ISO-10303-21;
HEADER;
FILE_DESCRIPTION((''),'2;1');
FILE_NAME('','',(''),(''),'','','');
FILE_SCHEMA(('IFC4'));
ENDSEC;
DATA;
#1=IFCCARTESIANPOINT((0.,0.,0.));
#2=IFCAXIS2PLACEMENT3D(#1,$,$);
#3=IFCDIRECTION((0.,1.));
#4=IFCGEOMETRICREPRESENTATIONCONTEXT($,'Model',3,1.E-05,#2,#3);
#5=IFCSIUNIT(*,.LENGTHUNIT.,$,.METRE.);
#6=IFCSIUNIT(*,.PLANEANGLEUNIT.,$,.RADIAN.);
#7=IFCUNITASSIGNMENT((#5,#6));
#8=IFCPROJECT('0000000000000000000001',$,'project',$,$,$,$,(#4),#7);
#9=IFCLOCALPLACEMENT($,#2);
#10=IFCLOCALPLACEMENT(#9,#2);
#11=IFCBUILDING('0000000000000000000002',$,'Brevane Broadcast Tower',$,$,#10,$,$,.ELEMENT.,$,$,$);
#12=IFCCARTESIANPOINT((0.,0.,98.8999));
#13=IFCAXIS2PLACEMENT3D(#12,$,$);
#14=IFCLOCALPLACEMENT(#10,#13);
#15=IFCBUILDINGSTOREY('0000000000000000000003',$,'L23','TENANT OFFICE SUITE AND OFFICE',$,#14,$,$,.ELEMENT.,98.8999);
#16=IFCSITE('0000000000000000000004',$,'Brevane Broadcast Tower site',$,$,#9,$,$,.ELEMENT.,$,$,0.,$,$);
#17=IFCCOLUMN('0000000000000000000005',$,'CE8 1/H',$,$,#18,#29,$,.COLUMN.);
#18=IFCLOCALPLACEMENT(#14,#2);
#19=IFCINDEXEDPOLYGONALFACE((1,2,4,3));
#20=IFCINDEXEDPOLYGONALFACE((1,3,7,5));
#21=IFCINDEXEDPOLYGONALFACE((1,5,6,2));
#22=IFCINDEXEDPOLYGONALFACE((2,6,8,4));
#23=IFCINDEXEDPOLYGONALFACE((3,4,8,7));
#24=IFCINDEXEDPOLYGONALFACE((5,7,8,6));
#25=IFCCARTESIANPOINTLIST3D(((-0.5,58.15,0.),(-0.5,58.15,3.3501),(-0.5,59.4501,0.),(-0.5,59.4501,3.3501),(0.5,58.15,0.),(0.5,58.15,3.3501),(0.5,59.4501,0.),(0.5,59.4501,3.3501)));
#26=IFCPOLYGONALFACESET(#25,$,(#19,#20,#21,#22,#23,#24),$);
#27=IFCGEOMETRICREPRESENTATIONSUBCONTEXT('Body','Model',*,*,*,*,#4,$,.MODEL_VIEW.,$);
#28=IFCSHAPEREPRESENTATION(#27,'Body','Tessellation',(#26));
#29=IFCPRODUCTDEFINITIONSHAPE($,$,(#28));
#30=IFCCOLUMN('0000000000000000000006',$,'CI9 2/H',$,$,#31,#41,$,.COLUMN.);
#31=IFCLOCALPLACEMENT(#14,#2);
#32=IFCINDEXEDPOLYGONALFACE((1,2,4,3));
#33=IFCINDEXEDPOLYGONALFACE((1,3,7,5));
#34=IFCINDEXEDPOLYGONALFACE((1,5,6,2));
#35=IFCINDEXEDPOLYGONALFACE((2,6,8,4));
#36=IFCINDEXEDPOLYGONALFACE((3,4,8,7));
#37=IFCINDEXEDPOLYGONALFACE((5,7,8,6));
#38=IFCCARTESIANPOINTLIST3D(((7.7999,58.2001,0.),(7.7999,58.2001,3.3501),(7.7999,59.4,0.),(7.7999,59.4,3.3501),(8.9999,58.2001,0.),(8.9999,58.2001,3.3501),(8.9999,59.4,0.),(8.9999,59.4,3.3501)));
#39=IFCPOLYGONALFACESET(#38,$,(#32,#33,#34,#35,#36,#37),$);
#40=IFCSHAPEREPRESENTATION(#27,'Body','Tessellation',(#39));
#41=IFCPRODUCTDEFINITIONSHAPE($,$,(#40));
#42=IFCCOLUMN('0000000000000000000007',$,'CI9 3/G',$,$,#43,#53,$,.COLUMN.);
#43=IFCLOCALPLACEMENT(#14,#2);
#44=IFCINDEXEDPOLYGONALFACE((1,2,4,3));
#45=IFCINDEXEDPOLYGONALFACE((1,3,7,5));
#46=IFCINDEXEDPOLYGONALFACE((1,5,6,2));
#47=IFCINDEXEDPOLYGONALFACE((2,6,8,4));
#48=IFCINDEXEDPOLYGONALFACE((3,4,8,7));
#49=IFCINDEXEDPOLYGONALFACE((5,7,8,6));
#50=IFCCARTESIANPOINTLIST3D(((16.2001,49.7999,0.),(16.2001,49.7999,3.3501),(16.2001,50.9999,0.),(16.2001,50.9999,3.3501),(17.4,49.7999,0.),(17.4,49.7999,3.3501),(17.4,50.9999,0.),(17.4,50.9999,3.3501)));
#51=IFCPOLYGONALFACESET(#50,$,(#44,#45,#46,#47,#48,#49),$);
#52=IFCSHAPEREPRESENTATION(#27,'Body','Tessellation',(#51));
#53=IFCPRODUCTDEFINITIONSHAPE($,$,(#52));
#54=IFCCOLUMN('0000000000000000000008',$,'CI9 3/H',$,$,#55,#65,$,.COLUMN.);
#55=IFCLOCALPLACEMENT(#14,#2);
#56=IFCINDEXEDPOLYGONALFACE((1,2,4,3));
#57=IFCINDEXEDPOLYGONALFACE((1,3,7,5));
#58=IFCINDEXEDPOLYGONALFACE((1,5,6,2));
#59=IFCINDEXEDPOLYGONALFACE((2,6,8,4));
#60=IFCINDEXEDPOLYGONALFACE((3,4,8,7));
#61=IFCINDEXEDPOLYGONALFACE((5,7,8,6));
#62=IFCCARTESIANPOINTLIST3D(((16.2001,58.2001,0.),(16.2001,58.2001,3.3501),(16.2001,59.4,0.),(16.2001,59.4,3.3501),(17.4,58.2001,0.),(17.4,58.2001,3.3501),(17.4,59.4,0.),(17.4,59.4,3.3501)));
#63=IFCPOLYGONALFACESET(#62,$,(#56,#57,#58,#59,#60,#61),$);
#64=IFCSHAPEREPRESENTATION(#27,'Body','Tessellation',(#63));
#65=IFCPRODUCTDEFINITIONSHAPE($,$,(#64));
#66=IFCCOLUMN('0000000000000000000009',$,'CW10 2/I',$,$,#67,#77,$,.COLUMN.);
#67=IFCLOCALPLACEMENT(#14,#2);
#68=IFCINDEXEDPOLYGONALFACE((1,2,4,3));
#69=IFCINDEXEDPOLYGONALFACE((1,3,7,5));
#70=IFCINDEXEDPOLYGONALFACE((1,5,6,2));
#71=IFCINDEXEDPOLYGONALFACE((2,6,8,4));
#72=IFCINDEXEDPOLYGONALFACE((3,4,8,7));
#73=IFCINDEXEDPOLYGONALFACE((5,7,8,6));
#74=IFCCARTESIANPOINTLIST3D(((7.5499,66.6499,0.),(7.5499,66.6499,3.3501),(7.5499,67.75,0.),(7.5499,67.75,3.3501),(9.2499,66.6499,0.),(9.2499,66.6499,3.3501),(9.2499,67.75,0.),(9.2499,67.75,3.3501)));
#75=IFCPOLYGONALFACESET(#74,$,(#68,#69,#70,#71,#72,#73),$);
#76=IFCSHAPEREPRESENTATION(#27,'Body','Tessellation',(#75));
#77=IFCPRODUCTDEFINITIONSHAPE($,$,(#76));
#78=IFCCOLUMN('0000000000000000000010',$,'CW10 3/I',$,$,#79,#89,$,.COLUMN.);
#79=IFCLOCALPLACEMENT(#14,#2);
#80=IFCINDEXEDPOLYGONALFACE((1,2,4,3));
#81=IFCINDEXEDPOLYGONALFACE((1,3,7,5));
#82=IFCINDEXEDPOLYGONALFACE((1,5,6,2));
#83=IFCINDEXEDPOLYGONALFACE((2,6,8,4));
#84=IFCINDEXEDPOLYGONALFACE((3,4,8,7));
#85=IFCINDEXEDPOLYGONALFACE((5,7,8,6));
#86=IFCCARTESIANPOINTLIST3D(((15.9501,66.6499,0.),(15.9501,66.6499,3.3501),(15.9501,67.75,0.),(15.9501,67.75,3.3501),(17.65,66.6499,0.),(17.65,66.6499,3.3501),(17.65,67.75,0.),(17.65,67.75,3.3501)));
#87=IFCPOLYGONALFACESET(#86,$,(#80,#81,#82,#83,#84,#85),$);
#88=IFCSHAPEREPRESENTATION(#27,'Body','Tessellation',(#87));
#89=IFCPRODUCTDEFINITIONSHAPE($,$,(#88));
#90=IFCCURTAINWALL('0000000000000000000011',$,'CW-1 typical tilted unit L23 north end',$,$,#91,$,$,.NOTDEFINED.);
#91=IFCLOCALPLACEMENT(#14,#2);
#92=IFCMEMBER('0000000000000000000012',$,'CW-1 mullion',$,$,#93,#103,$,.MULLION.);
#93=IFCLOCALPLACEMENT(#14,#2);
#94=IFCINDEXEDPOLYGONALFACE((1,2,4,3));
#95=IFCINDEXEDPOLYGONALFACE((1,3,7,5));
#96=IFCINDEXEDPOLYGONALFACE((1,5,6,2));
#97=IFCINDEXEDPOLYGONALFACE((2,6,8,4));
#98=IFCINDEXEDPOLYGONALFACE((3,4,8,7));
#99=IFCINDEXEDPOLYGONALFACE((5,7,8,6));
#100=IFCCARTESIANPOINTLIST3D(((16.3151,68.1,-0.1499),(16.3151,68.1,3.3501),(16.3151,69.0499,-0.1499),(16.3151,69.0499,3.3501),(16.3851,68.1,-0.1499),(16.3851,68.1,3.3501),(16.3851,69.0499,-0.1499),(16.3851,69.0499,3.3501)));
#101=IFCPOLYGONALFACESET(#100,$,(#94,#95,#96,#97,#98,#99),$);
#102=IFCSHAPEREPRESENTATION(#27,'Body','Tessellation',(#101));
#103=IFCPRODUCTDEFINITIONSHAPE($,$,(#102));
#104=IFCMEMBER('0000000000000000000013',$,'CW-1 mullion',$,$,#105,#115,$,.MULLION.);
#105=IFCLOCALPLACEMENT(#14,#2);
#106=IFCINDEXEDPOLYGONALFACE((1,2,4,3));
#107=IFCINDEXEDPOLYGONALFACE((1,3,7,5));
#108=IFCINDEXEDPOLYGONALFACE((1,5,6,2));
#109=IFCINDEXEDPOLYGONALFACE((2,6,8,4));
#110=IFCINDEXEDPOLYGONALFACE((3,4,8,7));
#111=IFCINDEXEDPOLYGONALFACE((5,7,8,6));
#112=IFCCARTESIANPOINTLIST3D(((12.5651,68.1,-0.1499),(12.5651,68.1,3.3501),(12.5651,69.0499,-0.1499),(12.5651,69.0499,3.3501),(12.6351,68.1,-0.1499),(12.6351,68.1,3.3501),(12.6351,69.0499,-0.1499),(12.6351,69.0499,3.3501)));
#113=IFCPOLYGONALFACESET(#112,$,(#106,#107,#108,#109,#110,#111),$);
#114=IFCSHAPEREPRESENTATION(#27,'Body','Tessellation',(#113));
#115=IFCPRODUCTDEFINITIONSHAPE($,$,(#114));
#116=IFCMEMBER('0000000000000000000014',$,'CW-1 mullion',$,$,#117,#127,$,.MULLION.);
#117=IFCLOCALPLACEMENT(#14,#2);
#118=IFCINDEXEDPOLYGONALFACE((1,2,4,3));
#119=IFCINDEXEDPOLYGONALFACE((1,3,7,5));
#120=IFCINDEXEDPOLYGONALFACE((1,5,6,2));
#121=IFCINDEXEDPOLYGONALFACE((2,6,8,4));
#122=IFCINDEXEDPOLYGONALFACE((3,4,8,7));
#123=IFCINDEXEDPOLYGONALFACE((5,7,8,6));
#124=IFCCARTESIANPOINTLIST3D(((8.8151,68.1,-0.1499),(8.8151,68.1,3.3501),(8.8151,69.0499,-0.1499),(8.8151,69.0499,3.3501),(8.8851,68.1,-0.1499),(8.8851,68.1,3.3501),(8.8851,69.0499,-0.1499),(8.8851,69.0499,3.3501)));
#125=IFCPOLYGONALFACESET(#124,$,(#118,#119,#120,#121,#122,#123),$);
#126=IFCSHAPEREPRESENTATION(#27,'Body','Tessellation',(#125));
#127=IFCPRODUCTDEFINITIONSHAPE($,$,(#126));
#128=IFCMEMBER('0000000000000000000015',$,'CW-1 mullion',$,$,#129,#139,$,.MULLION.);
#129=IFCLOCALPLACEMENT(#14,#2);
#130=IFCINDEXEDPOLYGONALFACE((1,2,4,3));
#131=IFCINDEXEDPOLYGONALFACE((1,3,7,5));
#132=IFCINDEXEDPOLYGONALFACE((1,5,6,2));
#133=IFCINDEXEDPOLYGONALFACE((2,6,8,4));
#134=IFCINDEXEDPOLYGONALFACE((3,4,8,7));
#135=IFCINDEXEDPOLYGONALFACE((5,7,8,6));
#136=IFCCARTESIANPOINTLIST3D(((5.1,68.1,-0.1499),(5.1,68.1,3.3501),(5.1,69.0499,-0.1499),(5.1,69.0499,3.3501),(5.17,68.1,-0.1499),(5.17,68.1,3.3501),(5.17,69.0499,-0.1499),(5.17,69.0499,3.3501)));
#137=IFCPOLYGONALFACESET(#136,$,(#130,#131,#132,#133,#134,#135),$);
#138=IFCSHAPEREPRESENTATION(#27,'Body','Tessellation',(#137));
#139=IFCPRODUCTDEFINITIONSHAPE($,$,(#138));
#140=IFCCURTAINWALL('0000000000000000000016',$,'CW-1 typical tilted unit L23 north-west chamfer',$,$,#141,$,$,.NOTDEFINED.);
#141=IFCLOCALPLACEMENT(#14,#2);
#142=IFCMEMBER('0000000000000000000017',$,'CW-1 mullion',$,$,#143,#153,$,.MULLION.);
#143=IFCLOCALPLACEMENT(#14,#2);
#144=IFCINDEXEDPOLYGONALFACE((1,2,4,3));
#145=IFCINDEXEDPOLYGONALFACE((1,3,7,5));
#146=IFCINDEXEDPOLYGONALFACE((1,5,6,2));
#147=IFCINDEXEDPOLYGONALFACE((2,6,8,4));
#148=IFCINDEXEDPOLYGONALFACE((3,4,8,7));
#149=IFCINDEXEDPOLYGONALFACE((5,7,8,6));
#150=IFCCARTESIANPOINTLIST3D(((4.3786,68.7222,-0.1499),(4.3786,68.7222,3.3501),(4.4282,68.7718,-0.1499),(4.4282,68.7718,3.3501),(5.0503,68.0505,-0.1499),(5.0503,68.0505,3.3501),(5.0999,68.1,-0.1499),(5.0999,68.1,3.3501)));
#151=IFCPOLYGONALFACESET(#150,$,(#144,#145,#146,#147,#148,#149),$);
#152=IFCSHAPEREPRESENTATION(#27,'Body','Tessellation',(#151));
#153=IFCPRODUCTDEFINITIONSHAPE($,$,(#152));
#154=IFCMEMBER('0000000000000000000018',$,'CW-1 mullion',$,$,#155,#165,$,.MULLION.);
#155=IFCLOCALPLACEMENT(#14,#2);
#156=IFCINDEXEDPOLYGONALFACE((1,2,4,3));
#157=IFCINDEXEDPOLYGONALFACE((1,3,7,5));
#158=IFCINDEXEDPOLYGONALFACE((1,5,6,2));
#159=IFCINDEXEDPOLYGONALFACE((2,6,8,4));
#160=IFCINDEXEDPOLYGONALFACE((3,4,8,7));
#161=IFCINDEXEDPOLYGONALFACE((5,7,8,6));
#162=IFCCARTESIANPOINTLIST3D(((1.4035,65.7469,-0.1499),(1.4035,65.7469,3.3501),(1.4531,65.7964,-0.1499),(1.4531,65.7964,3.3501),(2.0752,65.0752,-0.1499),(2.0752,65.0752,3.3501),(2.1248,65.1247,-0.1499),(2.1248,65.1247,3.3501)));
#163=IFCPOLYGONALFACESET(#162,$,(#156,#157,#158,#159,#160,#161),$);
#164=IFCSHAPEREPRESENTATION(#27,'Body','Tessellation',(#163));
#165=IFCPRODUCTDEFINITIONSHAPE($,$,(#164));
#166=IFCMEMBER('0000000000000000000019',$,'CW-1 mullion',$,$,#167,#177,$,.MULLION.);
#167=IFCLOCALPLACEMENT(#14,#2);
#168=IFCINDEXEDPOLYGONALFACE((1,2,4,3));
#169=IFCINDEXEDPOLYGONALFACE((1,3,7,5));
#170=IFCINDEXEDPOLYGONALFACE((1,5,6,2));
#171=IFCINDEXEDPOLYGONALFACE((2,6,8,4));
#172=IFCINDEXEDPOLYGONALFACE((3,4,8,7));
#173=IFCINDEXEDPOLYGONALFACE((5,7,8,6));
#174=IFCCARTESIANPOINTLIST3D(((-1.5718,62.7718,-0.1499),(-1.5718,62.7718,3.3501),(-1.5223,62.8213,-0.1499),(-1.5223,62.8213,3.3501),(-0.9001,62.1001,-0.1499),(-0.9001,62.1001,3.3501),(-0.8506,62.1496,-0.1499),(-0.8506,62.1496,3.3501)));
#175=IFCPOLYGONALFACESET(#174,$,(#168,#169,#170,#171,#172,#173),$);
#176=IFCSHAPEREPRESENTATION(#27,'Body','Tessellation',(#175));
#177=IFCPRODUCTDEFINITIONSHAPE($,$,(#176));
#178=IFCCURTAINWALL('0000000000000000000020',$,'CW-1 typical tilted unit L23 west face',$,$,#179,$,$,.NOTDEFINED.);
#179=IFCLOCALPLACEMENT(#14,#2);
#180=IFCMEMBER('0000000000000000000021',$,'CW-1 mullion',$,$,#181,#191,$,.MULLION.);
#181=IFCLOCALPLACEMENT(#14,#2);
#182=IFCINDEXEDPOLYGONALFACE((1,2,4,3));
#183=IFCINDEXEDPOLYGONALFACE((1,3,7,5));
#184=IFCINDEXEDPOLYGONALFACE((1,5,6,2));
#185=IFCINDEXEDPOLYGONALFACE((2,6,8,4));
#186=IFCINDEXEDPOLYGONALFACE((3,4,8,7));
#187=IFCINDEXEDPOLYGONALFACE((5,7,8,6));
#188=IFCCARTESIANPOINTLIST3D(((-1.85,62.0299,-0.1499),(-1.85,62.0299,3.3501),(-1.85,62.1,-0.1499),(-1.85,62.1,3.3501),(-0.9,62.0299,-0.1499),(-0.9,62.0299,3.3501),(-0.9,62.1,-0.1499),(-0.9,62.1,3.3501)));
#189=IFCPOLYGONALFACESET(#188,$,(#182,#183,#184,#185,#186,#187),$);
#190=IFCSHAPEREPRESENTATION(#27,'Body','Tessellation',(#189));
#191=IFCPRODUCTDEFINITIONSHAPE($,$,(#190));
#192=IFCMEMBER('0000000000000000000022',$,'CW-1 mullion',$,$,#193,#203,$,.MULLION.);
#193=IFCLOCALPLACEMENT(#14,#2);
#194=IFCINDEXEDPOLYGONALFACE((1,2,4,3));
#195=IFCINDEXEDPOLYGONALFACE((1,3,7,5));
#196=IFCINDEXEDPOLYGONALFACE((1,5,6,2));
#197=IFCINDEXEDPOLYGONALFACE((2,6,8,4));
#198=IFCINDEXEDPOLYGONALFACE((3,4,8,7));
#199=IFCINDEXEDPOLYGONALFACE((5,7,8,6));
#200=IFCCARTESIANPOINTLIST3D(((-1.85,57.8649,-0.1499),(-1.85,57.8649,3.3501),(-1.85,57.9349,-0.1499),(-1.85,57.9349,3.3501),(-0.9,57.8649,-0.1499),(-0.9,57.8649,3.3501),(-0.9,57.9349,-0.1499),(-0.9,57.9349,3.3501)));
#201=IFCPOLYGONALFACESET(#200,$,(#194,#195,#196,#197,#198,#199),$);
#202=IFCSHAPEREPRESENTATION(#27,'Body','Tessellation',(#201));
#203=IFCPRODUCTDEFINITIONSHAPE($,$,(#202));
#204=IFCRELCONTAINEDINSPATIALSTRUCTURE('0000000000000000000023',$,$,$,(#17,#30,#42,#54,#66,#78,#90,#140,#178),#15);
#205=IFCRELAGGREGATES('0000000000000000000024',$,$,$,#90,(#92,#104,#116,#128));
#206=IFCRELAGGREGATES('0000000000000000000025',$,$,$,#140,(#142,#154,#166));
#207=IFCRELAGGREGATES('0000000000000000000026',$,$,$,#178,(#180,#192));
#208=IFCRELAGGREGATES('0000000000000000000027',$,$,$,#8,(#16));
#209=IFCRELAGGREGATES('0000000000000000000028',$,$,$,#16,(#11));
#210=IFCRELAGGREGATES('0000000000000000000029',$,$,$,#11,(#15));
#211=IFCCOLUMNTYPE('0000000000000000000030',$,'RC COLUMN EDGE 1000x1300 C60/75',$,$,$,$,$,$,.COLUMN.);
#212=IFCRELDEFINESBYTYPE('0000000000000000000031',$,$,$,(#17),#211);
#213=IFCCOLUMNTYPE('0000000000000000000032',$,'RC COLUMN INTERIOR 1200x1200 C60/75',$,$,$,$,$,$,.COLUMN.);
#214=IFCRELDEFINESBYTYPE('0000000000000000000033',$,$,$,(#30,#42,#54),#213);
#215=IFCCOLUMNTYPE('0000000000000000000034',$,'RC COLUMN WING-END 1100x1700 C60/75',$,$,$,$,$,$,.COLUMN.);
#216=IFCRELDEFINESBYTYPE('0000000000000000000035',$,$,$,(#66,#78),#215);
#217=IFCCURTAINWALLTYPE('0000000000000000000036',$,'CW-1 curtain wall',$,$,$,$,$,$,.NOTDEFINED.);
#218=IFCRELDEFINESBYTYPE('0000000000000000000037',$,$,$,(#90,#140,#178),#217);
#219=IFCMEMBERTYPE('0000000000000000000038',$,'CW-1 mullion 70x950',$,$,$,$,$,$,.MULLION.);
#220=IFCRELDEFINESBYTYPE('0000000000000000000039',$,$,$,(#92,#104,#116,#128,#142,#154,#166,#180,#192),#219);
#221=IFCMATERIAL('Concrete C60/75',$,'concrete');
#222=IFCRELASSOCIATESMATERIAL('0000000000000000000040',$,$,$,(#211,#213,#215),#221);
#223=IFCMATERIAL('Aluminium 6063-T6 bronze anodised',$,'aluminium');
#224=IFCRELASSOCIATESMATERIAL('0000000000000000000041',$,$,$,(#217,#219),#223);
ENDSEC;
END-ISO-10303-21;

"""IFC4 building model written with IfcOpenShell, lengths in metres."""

from ifc_helpers import new_model, si_unit, direction, frame, origin, origin_2d, place, context, subcontext, project, spatial, rectangle, extrude, material, material_profile, profile_set, type_object, element, aggregate, save


model = new_model("IFC4")

# Units and contexts
model_context = context("Model", 3, precision=1e-05, world=origin(), true_north=direction((0.0, 1.0)))
body_context = subcontext(model_context, "Body", "Model", "MODEL_VIEW")
ifc_project = project(units=[si_unit("LENGTHUNIT", "METRE"), si_unit("PLANEANGLEUNIT", "RADIAN")], contexts=[model_context])

# Site, building, storey
site_placement = place(None, origin())
site = spatial("IfcSite", under=ifc_project, at=site_placement, Name="Brevane Broadcast Tower site", CompositionType="ELEMENT", RefElevation=0.0)
building_placement = place(site_placement, origin())
building = spatial("IfcBuilding", under=site, at=building_placement, Name="Brevane Broadcast Tower", CompositionType="ELEMENT")
storey_placement = place(building_placement, frame((0.0, 0.0, 98.8999)))
storey = spatial("IfcBuildingStorey", under=building, at=storey_placement, Name="L23", Description="TENANT OFFICE SUITE AND OFFICE", CompositionType="ELEMENT", Elevation=98.8999)

# Columns
ifc_material_1 = material(Name="Concrete C60/75", Category="concrete")
ifc_material_profile_1 = material_profile(ifc_material_1, rectangle(XDim=1.0, YDim=1.3, at=origin_2d()), Name="RC 1000x1300")
ifc_profile_set_1 = profile_set([ifc_material_profile_1], Name="Concrete C60/75")
column_type_1 = type_object("IfcColumnType", Name="RC COLUMN EDGE 1000x1300 C60/75", PredefinedType="COLUMN", material=ifc_profile_set_1)
column_placement = place(storey_placement, frame((0.0, 58.8, 0.0), z_axis=(0.0, 0.0, 1.0), x_axis=(1.0, 0.0, 0.0)))
element("IfcColumn", 1, at=column_placement, inside=storey, type_object=column_type_1, Name="CE8 1/H", PredefinedType="COLUMN", context=body_context, shape_type="SweptSolid", body=[
    extrude(rectangle(XDim=1.0, YDim=1.3, at=origin_2d()), origin(), (0.0, 0.0, 1.0), 3.3501),
])
ifc_material_profile_2 = material_profile(ifc_material_1, rectangle(XDim=1.2, YDim=1.2, at=origin_2d()), Name="RC 1200x1200")
ifc_profile_set_2 = profile_set([ifc_material_profile_2], Name="Concrete C60/75")
column_type_2 = type_object("IfcColumnType", Name="RC COLUMN INTERIOR 1200x1200 C60/75", PredefinedType="COLUMN", material=ifc_profile_set_2)
for number, where, z_axis, x_axis, name in (
    (2, (8.3999, 58.8, 0.0), (0.0, 0.0, 1.0), (1.0, 0.0, 0.0), "CI9 2/H"),
    (3, (16.8, 50.3999, 0.0), (0.0, 0.0, 1.0), (1.0, 0.0, 0.0), "CI9 3/G"),
    (4, (16.8, 58.8, 0.0), (0.0, 0.0, 1.0), (1.0, 0.0, 0.0), "CI9 3/H"),
):
    element("IfcColumn", number, at=place(storey_placement, frame(where, z_axis=z_axis, x_axis=x_axis)), inside=storey, type_object=column_type_2, Name=name, PredefinedType="COLUMN", context=body_context, shape_type="SweptSolid", body=[
        extrude(rectangle(XDim=1.2, YDim=1.2, at=origin_2d()), origin(), (0.0, 0.0, 1.0), 3.3501),
    ])
ifc_material_profile_3 = material_profile(ifc_material_1, rectangle(XDim=1.1001, YDim=1.7, at=origin_2d()), Name="RC 1100x1700")
ifc_profile_set_3 = profile_set([ifc_material_profile_3], Name="Concrete C60/75")
column_type_3 = type_object("IfcColumnType", Name="RC COLUMN WING-END 1100x1700 C60/75", PredefinedType="COLUMN", material=ifc_profile_set_3)
for number, where, z_axis, x_axis, name in (
    (5, (8.3999, 67.2, 0.0), (0.0, 0.0, 1.0), (0.0, 1.0, 0.0), "CW10 2/I"),
    (6, (16.8, 67.2, 0.0), (0.0, 0.0, 1.0), (0.0, 1.0, 0.0), "CW10 3/I"),
):
    element("IfcColumn", number, at=place(storey_placement, frame(where, z_axis=z_axis, x_axis=x_axis)), inside=storey, type_object=column_type_3, Name=name, PredefinedType="COLUMN", context=body_context, shape_type="SweptSolid", body=[
        extrude(rectangle(XDim=1.1001, YDim=1.7, at=origin_2d()), origin(), (0.0, 0.0, 1.0), 3.3501),
    ])

# Curtain walls, members
ifc_material_2 = material(Name="Aluminium 6063-T6 bronze anodised", Category="aluminium")
curtain_wall_type = type_object("IfcCurtainWallType", Name="CW-1 curtain wall", PredefinedType="NOTDEFINED", material=ifc_material_2)
curtain_wall_1_placement = place(storey_placement, origin())
curtain_wall_1 = element("IfcCurtainWall", 7, at=curtain_wall_1_placement, inside=storey, type_object=curtain_wall_type, Name="CW-1 typical tilted unit L23 north end", PredefinedType="NOTDEFINED")
ifc_material_profile_4 = material_profile(ifc_material_2, rectangle(XDim=0.95, YDim=0.0701, at=origin_2d()), Name="RECT 70x950")
ifc_profile_set_4 = profile_set([ifc_material_profile_4], Name="Aluminium 6063-T6 bronze anodised")
member_type_1 = type_object("IfcMemberType", Name="CW-1 mullion 70x950", PredefinedType="MULLION", material=ifc_profile_set_4)
member_1_placement = place(storey_placement, frame((16.3501, 68.575, -0.1499), z_axis=(0.0, 0.0, 1.0), x_axis=(0.0, -1.0, 0.0)))
member_1 = element("IfcMember", 8, at=member_1_placement, type_object=member_type_1, Name="CW-1 mullion", PredefinedType="MULLION", context=body_context, shape_type="SweptSolid", body=[
    extrude(rectangle(XDim=0.95, YDim=0.0701, at=origin_2d()), origin(), (0.0, 0.0, 1.0), 3.5),
])
member_2_placement = place(storey_placement, frame((12.6001, 68.575, -0.1499), z_axis=(0.0, 0.0, 1.0), x_axis=(0.0, -1.0, 0.0)))
member_2 = element("IfcMember", 9, at=member_2_placement, type_object=member_type_1, Name="CW-1 mullion", PredefinedType="MULLION", context=body_context, shape_type="SweptSolid", body=[
    extrude(rectangle(XDim=0.95, YDim=0.0701, at=origin_2d()), origin(), (0.0, 0.0, 1.0), 3.5),
])
member_3_placement = place(storey_placement, frame((8.8501, 68.575, -0.1499), z_axis=(0.0, 0.0, 1.0), x_axis=(0.0, -1.0, 0.0)))
member_3 = element("IfcMember", 10, at=member_3_placement, type_object=member_type_1, Name="CW-1 mullion", PredefinedType="MULLION", context=body_context, shape_type="SweptSolid", body=[
    extrude(rectangle(XDim=0.95, YDim=0.0701, at=origin_2d()), origin(), (0.0, 0.0, 1.0), 3.5),
])
member_4_placement = place(storey_placement, frame((5.135, 68.575, -0.1499), z_axis=(0.0, 0.0, 1.0), x_axis=(0.0, -1.0, 0.0)))
member_4 = element("IfcMember", 11, at=member_4_placement, type_object=member_type_1, Name="CW-1 mullion", PredefinedType="MULLION", context=body_context, shape_type="SweptSolid", body=[
    extrude(rectangle(XDim=0.95, YDim=0.0701, at=origin_2d()), origin(), (0.0, 0.0, 1.0), 3.5),
])
aggregate(curtain_wall_1, [member_1, member_2, member_3, member_4])
curtain_wall_2_placement = place(storey_placement, origin())
curtain_wall_2 = element("IfcCurtainWall", 12, at=curtain_wall_2_placement, inside=storey, type_object=curtain_wall_type, Name="CW-1 typical tilted unit L23 north-west chamfer", PredefinedType="NOTDEFINED")
member_5_placement = place(storey_placement, frame((4.7393, 68.4111, -0.1499), z_axis=(0.0, 0.0, 1.0), x_axis=(0.707107, -0.707107, 0.0)))
member_5 = element("IfcMember", 13, at=member_5_placement, type_object=member_type_1, Name="CW-1 mullion", PredefinedType="MULLION", context=body_context, shape_type="SweptSolid", body=[
    extrude(rectangle(XDim=0.95, YDim=0.0701, at=origin_2d()), origin(), (0.0, 0.0, 1.0), 3.5),
])
member_6_placement = place(storey_placement, frame((1.7642, 65.4358, -0.1499), z_axis=(0.0, 0.0, 1.0), x_axis=(0.707107, -0.707107, 0.0)))
member_6 = element("IfcMember", 14, at=member_6_placement, type_object=member_type_1, Name="CW-1 mullion", PredefinedType="MULLION", context=body_context, shape_type="SweptSolid", body=[
    extrude(rectangle(XDim=0.95, YDim=0.0701, at=origin_2d()), origin(), (0.0, 0.0, 1.0), 3.5),
])
member_7_placement = place(storey_placement, frame((-1.2112, 62.4607, -0.1499), z_axis=(0.0, 0.0, 1.0), x_axis=(0.707107, -0.707107, 0.0)))
member_7 = element("IfcMember", 15, at=member_7_placement, type_object=member_type_1, Name="CW-1 mullion", PredefinedType="MULLION", context=body_context, shape_type="SweptSolid", body=[
    extrude(rectangle(XDim=0.95, YDim=0.0701, at=origin_2d()), origin(), (0.0, 0.0, 1.0), 3.5),
])
curtain_wall_3_placement = place(storey_placement, origin())
curtain_wall_3 = element("IfcCurtainWall", 16, at=curtain_wall_3_placement, inside=storey, type_object=curtain_wall_type, Name="CW-1 typical tilted unit L23 west face", PredefinedType="NOTDEFINED")
member_8_placement = place(storey_placement, frame((-1.375, 62.0649, -0.1499), z_axis=(0.0, 0.0, 1.0), x_axis=(1.0, 0.0, 0.0)))
member_8 = element("IfcMember", 17, at=member_8_placement, type_object=member_type_1, Name="CW-1 mullion", PredefinedType="MULLION", context=body_context, shape_type="SweptSolid", body=[
    extrude(rectangle(XDim=0.95, YDim=0.0701, at=origin_2d()), origin(), (0.0, 0.0, 1.0), 3.5),
])
member_9_placement = place(storey_placement, frame((-1.375, 57.8999, -0.1499), z_axis=(0.0, 0.0, 1.0), x_axis=(1.0, 0.0, 0.0)))
member_9 = element("IfcMember", 18, at=member_9_placement, type_object=member_type_1, Name="CW-1 mullion", PredefinedType="MULLION", context=body_context, shape_type="SweptSolid", body=[
    extrude(rectangle(XDim=0.95, YDim=0.0701, at=origin_2d()), origin(), (0.0, 0.0, 1.0), 3.5),
])

aggregate(curtain_wall_2, [member_5, member_6, member_7])
aggregate(curtain_wall_3, [member_8, member_9])

save(model, "model.ifc")
